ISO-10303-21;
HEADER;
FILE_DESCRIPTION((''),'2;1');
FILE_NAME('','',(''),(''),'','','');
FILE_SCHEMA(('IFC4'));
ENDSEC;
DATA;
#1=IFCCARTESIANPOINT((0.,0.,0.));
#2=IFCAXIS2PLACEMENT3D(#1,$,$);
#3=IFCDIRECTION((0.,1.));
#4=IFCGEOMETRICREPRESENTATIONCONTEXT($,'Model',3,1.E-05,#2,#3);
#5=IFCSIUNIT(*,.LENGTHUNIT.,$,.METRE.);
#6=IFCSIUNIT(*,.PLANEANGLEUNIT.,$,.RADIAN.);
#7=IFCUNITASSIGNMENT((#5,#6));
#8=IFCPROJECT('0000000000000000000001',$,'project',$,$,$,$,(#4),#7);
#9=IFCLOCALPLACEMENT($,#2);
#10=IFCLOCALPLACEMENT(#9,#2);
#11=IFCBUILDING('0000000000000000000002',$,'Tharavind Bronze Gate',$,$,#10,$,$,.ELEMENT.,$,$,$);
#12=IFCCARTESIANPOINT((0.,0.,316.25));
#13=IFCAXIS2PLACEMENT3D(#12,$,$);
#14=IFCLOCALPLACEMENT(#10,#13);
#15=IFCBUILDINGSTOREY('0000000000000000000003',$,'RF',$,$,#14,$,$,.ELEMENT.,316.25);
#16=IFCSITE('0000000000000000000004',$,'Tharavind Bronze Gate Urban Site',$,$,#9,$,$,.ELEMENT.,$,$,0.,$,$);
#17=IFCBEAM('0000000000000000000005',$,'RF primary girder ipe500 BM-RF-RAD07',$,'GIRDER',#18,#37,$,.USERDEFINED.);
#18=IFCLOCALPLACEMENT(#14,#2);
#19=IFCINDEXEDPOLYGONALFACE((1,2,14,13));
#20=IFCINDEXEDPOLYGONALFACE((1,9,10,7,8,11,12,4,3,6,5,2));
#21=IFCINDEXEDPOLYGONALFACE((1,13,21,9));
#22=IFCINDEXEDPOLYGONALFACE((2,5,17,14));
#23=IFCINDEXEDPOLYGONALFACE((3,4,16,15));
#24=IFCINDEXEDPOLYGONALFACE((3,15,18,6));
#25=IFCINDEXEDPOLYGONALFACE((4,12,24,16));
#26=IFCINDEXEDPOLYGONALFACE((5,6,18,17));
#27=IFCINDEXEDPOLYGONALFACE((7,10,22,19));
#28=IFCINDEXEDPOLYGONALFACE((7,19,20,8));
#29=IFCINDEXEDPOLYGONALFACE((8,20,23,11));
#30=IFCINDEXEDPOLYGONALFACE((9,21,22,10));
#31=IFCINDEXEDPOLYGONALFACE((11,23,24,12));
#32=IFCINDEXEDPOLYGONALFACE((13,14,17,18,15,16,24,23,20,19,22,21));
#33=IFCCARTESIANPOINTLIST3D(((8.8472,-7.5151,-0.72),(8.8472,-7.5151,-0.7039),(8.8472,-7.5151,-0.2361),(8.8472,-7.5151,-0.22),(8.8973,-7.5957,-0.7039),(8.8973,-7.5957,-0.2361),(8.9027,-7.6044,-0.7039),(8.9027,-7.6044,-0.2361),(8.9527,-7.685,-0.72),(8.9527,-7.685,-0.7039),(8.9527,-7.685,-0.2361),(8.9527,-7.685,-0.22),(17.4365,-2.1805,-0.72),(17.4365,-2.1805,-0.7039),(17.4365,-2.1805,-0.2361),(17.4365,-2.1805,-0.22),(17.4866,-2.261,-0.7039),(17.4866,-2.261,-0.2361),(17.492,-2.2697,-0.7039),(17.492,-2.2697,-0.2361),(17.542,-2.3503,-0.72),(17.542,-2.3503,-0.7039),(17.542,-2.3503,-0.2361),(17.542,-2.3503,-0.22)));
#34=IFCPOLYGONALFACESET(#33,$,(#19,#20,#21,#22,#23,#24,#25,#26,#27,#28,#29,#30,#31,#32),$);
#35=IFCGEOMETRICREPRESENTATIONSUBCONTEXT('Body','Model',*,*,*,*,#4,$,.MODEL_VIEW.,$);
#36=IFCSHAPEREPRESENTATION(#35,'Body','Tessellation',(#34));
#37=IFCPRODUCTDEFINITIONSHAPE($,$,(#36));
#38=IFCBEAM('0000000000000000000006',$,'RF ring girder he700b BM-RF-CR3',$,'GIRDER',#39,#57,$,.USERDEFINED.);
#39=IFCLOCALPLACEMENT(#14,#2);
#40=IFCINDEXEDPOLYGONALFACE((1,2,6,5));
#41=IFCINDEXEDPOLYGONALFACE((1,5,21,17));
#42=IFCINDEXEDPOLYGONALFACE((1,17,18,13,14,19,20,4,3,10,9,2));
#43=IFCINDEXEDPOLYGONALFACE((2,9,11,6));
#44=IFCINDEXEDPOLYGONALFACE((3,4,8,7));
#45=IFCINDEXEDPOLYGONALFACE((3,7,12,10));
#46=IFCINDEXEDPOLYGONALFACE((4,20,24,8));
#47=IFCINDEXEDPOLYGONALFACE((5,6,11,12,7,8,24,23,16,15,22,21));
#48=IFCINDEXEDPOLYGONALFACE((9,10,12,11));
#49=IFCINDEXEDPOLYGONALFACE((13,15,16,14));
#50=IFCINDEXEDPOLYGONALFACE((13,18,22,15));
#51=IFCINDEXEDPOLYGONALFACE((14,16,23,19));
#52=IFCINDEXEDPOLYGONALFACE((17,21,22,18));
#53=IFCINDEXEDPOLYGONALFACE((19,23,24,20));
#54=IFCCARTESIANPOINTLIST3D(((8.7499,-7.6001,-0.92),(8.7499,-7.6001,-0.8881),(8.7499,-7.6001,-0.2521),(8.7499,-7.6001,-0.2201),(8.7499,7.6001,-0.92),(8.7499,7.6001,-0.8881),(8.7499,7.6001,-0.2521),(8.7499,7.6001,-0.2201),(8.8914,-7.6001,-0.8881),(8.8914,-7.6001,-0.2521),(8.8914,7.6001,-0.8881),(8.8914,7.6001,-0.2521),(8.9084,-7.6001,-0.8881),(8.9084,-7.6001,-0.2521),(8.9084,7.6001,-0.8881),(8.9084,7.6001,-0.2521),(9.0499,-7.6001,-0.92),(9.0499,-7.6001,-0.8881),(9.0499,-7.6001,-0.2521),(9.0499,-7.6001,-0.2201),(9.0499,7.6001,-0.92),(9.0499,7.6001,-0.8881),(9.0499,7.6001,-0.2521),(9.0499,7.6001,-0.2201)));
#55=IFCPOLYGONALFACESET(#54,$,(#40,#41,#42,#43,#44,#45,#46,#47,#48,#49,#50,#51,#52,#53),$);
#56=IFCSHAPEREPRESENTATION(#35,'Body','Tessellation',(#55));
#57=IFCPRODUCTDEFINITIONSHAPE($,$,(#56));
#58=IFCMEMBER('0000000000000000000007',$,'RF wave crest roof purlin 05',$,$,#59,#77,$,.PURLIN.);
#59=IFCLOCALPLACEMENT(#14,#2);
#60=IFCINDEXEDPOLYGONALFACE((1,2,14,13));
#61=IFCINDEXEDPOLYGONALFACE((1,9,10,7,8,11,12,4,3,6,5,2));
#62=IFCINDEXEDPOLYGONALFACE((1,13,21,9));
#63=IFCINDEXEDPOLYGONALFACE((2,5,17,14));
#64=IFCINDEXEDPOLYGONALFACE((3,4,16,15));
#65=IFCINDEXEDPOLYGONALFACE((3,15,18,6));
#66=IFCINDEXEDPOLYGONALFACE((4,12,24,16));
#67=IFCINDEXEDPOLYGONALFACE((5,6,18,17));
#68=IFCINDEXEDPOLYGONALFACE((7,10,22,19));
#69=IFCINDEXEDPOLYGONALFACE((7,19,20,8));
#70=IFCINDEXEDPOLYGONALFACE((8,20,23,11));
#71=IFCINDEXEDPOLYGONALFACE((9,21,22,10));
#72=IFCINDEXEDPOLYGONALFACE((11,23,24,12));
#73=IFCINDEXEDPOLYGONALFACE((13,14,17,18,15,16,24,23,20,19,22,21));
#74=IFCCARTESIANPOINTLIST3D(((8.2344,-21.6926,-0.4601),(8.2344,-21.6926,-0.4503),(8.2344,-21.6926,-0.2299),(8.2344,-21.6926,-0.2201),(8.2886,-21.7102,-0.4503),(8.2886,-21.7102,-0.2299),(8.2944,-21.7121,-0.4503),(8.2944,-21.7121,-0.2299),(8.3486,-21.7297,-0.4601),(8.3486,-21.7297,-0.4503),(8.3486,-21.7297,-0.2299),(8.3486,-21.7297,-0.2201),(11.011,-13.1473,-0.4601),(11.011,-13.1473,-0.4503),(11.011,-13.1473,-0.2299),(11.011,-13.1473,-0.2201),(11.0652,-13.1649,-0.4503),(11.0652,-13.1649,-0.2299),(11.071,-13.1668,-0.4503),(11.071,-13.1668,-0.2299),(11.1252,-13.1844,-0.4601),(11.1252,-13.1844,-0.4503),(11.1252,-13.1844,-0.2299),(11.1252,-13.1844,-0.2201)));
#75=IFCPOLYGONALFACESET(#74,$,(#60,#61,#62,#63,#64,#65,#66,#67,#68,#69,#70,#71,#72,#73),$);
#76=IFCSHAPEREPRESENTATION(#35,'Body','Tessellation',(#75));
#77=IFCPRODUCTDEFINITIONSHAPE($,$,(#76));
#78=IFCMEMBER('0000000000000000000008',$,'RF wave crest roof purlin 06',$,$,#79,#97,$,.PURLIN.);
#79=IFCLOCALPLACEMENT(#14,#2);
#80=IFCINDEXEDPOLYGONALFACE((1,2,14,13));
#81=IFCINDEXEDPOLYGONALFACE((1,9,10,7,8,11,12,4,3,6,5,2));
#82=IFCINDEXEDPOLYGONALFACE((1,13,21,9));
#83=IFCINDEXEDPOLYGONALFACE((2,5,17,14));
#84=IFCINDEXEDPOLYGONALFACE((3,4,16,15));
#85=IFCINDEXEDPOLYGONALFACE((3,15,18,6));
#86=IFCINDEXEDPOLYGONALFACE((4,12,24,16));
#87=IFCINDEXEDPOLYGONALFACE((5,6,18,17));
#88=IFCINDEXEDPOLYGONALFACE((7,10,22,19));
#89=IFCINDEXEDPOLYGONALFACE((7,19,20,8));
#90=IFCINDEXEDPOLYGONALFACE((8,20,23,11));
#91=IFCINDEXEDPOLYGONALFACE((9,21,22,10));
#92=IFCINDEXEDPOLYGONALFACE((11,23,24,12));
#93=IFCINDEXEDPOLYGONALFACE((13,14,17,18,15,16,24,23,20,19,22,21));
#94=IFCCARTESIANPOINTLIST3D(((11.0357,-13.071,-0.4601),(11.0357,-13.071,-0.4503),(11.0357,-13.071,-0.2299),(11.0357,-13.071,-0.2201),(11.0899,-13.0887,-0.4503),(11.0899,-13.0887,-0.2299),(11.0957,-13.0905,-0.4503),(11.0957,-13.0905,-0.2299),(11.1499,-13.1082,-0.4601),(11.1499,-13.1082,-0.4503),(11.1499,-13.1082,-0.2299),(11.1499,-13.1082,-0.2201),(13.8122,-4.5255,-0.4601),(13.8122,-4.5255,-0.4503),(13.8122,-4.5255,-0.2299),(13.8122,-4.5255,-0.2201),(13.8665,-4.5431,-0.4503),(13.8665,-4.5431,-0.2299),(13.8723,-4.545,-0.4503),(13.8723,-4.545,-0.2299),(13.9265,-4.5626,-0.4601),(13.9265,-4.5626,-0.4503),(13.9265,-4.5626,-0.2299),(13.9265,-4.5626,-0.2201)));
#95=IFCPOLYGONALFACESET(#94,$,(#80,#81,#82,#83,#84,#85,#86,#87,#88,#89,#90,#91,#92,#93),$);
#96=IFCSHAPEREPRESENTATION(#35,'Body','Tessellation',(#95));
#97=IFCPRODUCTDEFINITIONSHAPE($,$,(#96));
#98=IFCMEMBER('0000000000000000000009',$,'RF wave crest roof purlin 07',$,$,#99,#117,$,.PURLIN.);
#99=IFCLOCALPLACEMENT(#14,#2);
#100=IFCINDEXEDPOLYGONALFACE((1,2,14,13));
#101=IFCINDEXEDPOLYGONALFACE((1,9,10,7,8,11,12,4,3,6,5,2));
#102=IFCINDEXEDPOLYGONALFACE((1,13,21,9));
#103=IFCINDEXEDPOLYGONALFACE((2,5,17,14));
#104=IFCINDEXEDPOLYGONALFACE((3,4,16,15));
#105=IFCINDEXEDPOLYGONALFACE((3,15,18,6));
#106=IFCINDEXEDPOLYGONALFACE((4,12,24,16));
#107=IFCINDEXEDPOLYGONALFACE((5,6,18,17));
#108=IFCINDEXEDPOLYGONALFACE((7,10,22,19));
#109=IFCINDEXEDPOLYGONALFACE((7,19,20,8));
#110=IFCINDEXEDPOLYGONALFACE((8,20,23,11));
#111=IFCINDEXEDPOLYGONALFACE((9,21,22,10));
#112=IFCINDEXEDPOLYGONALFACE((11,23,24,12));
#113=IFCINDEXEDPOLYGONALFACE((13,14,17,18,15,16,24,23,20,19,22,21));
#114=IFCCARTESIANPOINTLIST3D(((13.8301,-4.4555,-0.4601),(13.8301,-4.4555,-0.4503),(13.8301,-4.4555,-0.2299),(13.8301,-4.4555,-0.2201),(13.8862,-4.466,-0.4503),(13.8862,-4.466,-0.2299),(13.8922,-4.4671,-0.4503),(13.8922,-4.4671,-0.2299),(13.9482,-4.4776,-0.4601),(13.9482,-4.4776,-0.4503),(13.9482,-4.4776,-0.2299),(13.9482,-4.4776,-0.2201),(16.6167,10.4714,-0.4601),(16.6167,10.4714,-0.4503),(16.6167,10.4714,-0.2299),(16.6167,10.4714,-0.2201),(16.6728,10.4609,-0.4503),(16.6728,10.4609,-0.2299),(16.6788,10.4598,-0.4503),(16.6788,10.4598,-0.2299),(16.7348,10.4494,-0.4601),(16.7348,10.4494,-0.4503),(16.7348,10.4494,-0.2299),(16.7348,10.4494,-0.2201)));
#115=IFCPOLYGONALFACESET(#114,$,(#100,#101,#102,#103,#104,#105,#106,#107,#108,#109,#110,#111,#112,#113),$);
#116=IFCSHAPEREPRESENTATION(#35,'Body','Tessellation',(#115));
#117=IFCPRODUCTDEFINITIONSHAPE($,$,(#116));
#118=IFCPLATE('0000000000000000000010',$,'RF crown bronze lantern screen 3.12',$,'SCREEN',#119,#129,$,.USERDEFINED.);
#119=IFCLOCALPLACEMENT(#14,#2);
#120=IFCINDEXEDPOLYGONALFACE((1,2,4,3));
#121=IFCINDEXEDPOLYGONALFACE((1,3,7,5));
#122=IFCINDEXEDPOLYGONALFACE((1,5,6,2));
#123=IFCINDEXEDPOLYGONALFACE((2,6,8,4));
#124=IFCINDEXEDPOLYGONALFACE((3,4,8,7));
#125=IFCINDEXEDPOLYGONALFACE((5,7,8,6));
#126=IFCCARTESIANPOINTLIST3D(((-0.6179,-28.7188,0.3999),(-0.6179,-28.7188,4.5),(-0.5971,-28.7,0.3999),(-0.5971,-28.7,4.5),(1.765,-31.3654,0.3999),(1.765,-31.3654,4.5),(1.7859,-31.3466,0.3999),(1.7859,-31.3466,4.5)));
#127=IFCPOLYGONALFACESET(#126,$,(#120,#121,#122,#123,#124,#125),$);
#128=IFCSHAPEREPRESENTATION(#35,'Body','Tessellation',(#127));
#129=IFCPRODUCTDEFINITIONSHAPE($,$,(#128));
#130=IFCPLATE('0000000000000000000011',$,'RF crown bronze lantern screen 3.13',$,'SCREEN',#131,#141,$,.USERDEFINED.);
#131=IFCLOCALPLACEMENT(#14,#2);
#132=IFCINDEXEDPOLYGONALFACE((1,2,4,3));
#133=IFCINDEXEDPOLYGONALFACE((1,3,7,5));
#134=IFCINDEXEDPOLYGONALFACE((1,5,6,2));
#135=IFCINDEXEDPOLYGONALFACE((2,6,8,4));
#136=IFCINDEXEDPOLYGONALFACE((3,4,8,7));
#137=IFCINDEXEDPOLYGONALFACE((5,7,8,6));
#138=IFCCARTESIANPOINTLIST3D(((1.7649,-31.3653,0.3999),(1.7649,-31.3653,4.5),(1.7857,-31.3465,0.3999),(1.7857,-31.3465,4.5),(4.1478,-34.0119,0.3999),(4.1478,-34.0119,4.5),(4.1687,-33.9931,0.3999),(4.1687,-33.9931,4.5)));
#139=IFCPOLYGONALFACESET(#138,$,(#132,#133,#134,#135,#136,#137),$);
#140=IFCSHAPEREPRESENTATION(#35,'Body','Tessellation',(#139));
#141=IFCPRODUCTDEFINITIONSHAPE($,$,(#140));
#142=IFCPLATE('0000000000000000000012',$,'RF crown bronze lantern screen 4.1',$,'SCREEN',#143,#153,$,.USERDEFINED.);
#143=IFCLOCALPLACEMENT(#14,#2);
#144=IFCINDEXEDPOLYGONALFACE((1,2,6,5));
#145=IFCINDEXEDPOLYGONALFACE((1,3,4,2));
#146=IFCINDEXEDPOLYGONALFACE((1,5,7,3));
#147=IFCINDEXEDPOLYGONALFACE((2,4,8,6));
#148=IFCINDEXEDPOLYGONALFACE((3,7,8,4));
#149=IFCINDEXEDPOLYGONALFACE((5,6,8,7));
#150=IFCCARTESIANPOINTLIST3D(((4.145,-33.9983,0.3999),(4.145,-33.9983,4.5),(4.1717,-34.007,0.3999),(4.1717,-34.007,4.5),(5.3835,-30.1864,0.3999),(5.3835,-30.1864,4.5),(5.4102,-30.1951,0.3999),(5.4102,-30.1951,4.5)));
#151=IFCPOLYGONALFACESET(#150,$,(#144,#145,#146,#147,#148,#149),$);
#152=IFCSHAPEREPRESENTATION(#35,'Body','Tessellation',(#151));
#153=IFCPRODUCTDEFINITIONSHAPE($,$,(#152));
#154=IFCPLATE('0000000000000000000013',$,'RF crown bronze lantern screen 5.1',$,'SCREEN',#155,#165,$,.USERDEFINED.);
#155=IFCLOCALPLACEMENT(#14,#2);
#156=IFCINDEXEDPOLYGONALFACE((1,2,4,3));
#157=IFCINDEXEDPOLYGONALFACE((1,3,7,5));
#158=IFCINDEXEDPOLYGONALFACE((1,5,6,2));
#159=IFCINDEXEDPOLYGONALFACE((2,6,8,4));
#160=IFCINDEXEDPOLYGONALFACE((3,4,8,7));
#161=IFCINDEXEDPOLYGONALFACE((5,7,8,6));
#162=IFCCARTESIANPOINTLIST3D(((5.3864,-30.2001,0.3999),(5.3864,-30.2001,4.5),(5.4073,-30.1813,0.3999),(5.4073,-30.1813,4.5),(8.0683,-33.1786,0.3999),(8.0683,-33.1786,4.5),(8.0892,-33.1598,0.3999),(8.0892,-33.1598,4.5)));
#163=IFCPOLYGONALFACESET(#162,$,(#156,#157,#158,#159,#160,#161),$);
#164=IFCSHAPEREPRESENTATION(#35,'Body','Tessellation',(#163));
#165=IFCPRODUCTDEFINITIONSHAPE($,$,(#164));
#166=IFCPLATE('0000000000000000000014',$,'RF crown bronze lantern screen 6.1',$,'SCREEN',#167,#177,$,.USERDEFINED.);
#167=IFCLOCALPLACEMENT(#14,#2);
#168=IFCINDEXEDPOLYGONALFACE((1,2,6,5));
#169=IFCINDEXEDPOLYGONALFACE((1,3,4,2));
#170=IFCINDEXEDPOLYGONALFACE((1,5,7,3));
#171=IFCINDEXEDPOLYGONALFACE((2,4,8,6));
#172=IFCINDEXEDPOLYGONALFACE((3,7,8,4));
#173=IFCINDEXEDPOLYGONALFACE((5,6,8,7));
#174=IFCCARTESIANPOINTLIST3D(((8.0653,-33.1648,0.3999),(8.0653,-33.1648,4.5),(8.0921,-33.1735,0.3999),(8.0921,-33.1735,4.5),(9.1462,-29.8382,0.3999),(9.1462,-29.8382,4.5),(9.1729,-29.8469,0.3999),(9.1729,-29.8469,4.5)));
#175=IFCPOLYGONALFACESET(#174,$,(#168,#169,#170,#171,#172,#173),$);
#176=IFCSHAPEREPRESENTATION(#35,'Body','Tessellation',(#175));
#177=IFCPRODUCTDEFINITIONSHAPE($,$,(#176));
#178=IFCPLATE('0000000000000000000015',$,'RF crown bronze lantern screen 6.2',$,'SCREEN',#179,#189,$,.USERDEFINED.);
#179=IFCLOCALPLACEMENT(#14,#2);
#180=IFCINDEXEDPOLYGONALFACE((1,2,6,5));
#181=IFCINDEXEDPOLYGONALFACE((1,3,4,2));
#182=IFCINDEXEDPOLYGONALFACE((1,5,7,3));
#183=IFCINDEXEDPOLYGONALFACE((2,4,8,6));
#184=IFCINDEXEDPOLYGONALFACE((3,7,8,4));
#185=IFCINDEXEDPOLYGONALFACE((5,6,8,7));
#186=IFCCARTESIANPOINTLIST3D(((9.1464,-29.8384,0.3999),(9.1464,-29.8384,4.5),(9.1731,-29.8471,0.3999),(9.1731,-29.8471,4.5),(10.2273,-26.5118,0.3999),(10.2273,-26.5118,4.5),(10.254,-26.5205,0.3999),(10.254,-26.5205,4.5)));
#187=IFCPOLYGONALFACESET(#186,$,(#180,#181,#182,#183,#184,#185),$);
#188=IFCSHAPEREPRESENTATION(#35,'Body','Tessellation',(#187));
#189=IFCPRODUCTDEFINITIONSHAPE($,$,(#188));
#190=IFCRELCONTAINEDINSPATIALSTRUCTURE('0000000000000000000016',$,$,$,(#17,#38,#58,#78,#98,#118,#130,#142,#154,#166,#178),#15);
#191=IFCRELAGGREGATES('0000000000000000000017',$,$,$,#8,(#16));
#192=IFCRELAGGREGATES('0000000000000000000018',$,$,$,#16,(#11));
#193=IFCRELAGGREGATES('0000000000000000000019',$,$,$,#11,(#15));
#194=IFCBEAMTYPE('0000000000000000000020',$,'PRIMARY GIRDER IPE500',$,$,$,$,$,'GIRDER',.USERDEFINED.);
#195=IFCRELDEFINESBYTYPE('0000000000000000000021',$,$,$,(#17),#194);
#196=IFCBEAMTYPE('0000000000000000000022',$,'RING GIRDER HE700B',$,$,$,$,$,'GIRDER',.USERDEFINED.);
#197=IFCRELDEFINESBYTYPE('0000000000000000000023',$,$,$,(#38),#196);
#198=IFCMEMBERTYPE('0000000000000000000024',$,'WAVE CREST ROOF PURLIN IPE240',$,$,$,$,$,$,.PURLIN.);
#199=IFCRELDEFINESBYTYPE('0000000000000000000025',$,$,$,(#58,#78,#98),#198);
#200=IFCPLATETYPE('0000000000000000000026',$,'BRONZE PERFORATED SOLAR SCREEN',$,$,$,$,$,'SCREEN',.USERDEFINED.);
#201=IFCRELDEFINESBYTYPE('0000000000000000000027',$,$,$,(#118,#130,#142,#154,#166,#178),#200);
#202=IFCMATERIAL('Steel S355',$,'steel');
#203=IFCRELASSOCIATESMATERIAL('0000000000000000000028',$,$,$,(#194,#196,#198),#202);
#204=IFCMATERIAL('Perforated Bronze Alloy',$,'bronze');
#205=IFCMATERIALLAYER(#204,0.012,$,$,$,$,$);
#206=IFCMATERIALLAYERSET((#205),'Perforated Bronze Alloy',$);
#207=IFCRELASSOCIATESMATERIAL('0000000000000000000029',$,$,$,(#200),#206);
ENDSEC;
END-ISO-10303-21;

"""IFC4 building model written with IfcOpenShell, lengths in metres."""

from ifc_helpers import new_model, si_unit, direction, frame, origin, origin_2d, place, context, subcontext, project, spatial, rectangle, i_section, extrude, material, layer, layer_set, material_profile, profile_set, type_object, element, save


model = new_model("IFC4")

# Units and contexts
model_context = context("Model", 3, precision=1e-05, world=origin(), true_north=direction((0.0, 1.0)))
body_context = subcontext(model_context, "Body", "Model", "MODEL_VIEW")
ifc_project = project(units=[si_unit("LENGTHUNIT", "METRE"), si_unit("PLANEANGLEUNIT", "RADIAN")], contexts=[model_context])

# Site, building, storey
site_placement = place(None, origin())
site = spatial("IfcSite", under=ifc_project, at=site_placement, Name="Tharavind Bronze Gate Urban Site", CompositionType="ELEMENT", RefElevation=0.0)
building_placement = place(site_placement, origin())
building = spatial("IfcBuilding", under=site, at=building_placement, Name="Tharavind Bronze Gate", CompositionType="ELEMENT")
storey_placement = place(building_placement, frame((0.0, 0.0, 316.25)))
storey = spatial("IfcBuildingStorey", under=building, at=storey_placement, Name="RF", CompositionType="ELEMENT", Elevation=316.25)

# Beams
ifc_material_1 = material(Name="Steel S355", Category="steel")
ifc_material_profile_1 = material_profile(ifc_material_1, i_section(OverallWidth=0.2, OverallDepth=0.5, WebThickness=0.0103, FlangeThickness=0.0161, at=origin_2d()), Name="IPE500")
ifc_profile_set_1 = profile_set([ifc_material_profile_1], Name="Steel S355")
beam_type_1 = type_object("IfcBeamType", Name="PRIMARY GIRDER IPE500", ElementType="GIRDER", PredefinedType="USERDEFINED", material=ifc_profile_set_1)
beam_1_placement = place(storey_placement, frame((17.4893, -2.2654, -0.47), z_axis=(-0.84949, -0.527605, 0.0), x_axis=(0.527605, -0.84949, 0.0)))
element("IfcBeam", 1, at=beam_1_placement, inside=storey, type_object=beam_type_1, Name="RF primary girder ipe500 BM-RF-RAD07", ObjectType="GIRDER", PredefinedType="USERDEFINED", context=body_context, shape_type="SweptSolid", body=[
    extrude(i_section(OverallWidth=0.2, OverallDepth=0.5, WebThickness=0.0103, FlangeThickness=0.0161, at=origin_2d()), origin(), (0.0, 0.0, 1.0), 10.1111),
])
ifc_material_profile_2 = material_profile(ifc_material_1, i_section(OverallWidth=0.3, OverallDepth=0.7, WebThickness=0.0171, FlangeThickness=0.032, at=origin_2d()), Name="HE700B")
ifc_profile_set_2 = profile_set([ifc_material_profile_2], Name="Steel S355")
beam_type_2 = type_object("IfcBeamType", Name="RING GIRDER HE700B", ElementType="GIRDER", PredefinedType="USERDEFINED", material=ifc_profile_set_2)
beam_2_placement = place(storey_placement, frame((8.8999, -7.6001, -0.5701), z_axis=(0.0, 1.0, 0.0), x_axis=(-1.0, 0.0, 0.0)))
element("IfcBeam", 2, at=beam_2_placement, inside=storey, type_object=beam_type_2, Name="RF ring girder he700b BM-RF-CR3", ObjectType="GIRDER", PredefinedType="USERDEFINED", context=body_context, shape_type="SweptSolid", body=[
    extrude(i_section(OverallWidth=0.3, OverallDepth=0.7, WebThickness=0.0171, FlangeThickness=0.032, at=origin_2d()), origin(), (0.0, 0.0, 1.0), 15.2002),
])

# Members
ifc_material_profile_3 = material_profile(ifc_material_1, i_section(OverallWidth=0.1201, OverallDepth=0.24, WebThickness=0.0061, FlangeThickness=0.0098, at=origin_2d()), Name="IPE240")
ifc_profile_set_3 = profile_set([ifc_material_profile_3], Name="Steel S355")
member_type = type_object("IfcMemberType", Name="WAVE CREST ROOF PURLIN IPE240", PredefinedType="PURLIN", material=ifc_profile_set_3)
member_1_placement = place(storey_placement, frame((8.2915, -21.7112, -0.3401), z_axis=(0.309021, 0.951055, 0.0), x_axis=(-0.951055, 0.309021, 0.0)))
element("IfcMember", 3, at=member_1_placement, inside=storey, type_object=member_type, Name="RF wave crest roof purlin 05", PredefinedType="PURLIN", context=body_context, shape_type="SweptSolid", body=[
    extrude(i_section(OverallWidth=0.1201, OverallDepth=0.24, WebThickness=0.0061, FlangeThickness=0.0098, at=origin_2d()), origin(), (0.0, 0.0, 1.0), 8.9851),
])
member_2_placement = place(storey_placement, frame((11.0928, -13.0896, -0.3401), z_axis=(0.309013, 0.951058, 0.0), x_axis=(-0.951058, 0.309013, 0.0)))
element("IfcMember", 4, at=member_2_placement, inside=storey, type_object=member_type, Name="RF wave crest roof purlin 06", PredefinedType="PURLIN", context=body_context, shape_type="SweptSolid", body=[
    extrude(i_section(OverallWidth=0.1201, OverallDepth=0.24, WebThickness=0.0061, FlangeThickness=0.0098, at=origin_2d()), origin(), (0.0, 0.0, 1.0), 8.9854),
])
member_3_placement = place(storey_placement, frame((13.8892, -4.4666, -0.3401), z_axis=(0.183513, 0.983017, 0.0), x_axis=(-0.983017, 0.183513, 0.0)))
element("IfcMember", 5, at=member_3_placement, inside=storey, type_object=member_type, Name="RF wave crest roof purlin 07", PredefinedType="PURLIN", context=body_context, shape_type="SweptSolid", body=[
    extrude(i_section(OverallWidth=0.1201, OverallDepth=0.24, WebThickness=0.0061, FlangeThickness=0.0098, at=origin_2d()), origin(), (0.0, 0.0, 1.0), 15.1848),
])

# Plates
ifc_material_2 = material(Name="Perforated Bronze Alloy", Category="bronze")
ifc_layer_1 = layer(ifc_material_2, 0.012)
ifc_layer_set_1 = layer_set([ifc_layer_1], Name="Perforated Bronze Alloy")
plate_type = type_object("IfcPlateType", Name="BRONZE PERFORATED SOLAR SCREEN", ElementType="SCREEN", PredefinedType="USERDEFINED", material=ifc_layer_set_1)
for number, where, z_axis, x_axis, name in (
    (6, (0.584, -30.0327, 0.3999), (0.0, 0.0, 1.0), (0.669131, -0.743145, 0.0), "RF crown bronze lantern screen 3.12"),
    (7, (2.9668, -32.6792, 0.3999), (0.0, 0.0, 1.0), (0.669131, -0.743145, 0.0), "RF crown bronze lantern screen 3.13"),
):
    element("IfcPlate", number, at=place(storey_placement, frame(where, z_axis=z_axis, x_axis=x_axis)), inside=storey, type_object=plate_type, Name=name, ObjectType="SCREEN", PredefinedType="USERDEFINED", context=body_context, shape_type="SweptSolid", body=[
        extrude(rectangle(XDim=3.5613, YDim=0.0281, at=origin_2d()), origin(), (0.0, 0.0, 1.0), 4.1001),
    ])
for number, where, z_axis, x_axis, name in (
    (8, (4.7776, -32.0967, 0.3999), (0.0, 0.0, 1.0), (0.30901, 0.951059, 0.0), "RF crown bronze lantern screen 4.1"),
    (9, (6.7378, -31.6799, 0.3999), (0.0, 0.0, 1.0), (0.669137, -0.743139, 0.0), "RF crown bronze lantern screen 5.1"),
):
    element("IfcPlate", number, at=place(storey_placement, frame(where, z_axis=z_axis, x_axis=x_axis)), inside=storey, type_object=plate_type, Name=name, ObjectType="SCREEN", PredefinedType="USERDEFINED", context=body_context, shape_type="SweptSolid", body=[
        extrude(rectangle(XDim=4.0081, YDim=0.0281, at=origin_2d()), origin(), (0.0, 0.0, 1.0), 4.1001),
    ])
for number, where, z_axis, x_axis, name in (
    (10, (8.6191, -31.5059, 0.3999), (0.0, 0.0, 1.0), (0.309017, 0.951057, 0.0), "RF crown bronze lantern screen 6.1"),
    (11, (9.7002, -28.1794, 0.3999), (0.0, 0.0, 1.0), (0.309017, 0.951057, 0.0), "RF crown bronze lantern screen 6.2"),
):
    element("IfcPlate", number, at=place(storey_placement, frame(where, z_axis=z_axis, x_axis=x_axis)), inside=storey, type_object=plate_type, Name=name, ObjectType="SCREEN", PredefinedType="USERDEFINED", context=body_context, shape_type="SweptSolid", body=[
        extrude(rectangle(XDim=3.4978, YDim=0.0281, at=origin_2d()), origin(), (0.0, 0.0, 1.0), 4.1001),
    ])

save(model, "model.ifc")
